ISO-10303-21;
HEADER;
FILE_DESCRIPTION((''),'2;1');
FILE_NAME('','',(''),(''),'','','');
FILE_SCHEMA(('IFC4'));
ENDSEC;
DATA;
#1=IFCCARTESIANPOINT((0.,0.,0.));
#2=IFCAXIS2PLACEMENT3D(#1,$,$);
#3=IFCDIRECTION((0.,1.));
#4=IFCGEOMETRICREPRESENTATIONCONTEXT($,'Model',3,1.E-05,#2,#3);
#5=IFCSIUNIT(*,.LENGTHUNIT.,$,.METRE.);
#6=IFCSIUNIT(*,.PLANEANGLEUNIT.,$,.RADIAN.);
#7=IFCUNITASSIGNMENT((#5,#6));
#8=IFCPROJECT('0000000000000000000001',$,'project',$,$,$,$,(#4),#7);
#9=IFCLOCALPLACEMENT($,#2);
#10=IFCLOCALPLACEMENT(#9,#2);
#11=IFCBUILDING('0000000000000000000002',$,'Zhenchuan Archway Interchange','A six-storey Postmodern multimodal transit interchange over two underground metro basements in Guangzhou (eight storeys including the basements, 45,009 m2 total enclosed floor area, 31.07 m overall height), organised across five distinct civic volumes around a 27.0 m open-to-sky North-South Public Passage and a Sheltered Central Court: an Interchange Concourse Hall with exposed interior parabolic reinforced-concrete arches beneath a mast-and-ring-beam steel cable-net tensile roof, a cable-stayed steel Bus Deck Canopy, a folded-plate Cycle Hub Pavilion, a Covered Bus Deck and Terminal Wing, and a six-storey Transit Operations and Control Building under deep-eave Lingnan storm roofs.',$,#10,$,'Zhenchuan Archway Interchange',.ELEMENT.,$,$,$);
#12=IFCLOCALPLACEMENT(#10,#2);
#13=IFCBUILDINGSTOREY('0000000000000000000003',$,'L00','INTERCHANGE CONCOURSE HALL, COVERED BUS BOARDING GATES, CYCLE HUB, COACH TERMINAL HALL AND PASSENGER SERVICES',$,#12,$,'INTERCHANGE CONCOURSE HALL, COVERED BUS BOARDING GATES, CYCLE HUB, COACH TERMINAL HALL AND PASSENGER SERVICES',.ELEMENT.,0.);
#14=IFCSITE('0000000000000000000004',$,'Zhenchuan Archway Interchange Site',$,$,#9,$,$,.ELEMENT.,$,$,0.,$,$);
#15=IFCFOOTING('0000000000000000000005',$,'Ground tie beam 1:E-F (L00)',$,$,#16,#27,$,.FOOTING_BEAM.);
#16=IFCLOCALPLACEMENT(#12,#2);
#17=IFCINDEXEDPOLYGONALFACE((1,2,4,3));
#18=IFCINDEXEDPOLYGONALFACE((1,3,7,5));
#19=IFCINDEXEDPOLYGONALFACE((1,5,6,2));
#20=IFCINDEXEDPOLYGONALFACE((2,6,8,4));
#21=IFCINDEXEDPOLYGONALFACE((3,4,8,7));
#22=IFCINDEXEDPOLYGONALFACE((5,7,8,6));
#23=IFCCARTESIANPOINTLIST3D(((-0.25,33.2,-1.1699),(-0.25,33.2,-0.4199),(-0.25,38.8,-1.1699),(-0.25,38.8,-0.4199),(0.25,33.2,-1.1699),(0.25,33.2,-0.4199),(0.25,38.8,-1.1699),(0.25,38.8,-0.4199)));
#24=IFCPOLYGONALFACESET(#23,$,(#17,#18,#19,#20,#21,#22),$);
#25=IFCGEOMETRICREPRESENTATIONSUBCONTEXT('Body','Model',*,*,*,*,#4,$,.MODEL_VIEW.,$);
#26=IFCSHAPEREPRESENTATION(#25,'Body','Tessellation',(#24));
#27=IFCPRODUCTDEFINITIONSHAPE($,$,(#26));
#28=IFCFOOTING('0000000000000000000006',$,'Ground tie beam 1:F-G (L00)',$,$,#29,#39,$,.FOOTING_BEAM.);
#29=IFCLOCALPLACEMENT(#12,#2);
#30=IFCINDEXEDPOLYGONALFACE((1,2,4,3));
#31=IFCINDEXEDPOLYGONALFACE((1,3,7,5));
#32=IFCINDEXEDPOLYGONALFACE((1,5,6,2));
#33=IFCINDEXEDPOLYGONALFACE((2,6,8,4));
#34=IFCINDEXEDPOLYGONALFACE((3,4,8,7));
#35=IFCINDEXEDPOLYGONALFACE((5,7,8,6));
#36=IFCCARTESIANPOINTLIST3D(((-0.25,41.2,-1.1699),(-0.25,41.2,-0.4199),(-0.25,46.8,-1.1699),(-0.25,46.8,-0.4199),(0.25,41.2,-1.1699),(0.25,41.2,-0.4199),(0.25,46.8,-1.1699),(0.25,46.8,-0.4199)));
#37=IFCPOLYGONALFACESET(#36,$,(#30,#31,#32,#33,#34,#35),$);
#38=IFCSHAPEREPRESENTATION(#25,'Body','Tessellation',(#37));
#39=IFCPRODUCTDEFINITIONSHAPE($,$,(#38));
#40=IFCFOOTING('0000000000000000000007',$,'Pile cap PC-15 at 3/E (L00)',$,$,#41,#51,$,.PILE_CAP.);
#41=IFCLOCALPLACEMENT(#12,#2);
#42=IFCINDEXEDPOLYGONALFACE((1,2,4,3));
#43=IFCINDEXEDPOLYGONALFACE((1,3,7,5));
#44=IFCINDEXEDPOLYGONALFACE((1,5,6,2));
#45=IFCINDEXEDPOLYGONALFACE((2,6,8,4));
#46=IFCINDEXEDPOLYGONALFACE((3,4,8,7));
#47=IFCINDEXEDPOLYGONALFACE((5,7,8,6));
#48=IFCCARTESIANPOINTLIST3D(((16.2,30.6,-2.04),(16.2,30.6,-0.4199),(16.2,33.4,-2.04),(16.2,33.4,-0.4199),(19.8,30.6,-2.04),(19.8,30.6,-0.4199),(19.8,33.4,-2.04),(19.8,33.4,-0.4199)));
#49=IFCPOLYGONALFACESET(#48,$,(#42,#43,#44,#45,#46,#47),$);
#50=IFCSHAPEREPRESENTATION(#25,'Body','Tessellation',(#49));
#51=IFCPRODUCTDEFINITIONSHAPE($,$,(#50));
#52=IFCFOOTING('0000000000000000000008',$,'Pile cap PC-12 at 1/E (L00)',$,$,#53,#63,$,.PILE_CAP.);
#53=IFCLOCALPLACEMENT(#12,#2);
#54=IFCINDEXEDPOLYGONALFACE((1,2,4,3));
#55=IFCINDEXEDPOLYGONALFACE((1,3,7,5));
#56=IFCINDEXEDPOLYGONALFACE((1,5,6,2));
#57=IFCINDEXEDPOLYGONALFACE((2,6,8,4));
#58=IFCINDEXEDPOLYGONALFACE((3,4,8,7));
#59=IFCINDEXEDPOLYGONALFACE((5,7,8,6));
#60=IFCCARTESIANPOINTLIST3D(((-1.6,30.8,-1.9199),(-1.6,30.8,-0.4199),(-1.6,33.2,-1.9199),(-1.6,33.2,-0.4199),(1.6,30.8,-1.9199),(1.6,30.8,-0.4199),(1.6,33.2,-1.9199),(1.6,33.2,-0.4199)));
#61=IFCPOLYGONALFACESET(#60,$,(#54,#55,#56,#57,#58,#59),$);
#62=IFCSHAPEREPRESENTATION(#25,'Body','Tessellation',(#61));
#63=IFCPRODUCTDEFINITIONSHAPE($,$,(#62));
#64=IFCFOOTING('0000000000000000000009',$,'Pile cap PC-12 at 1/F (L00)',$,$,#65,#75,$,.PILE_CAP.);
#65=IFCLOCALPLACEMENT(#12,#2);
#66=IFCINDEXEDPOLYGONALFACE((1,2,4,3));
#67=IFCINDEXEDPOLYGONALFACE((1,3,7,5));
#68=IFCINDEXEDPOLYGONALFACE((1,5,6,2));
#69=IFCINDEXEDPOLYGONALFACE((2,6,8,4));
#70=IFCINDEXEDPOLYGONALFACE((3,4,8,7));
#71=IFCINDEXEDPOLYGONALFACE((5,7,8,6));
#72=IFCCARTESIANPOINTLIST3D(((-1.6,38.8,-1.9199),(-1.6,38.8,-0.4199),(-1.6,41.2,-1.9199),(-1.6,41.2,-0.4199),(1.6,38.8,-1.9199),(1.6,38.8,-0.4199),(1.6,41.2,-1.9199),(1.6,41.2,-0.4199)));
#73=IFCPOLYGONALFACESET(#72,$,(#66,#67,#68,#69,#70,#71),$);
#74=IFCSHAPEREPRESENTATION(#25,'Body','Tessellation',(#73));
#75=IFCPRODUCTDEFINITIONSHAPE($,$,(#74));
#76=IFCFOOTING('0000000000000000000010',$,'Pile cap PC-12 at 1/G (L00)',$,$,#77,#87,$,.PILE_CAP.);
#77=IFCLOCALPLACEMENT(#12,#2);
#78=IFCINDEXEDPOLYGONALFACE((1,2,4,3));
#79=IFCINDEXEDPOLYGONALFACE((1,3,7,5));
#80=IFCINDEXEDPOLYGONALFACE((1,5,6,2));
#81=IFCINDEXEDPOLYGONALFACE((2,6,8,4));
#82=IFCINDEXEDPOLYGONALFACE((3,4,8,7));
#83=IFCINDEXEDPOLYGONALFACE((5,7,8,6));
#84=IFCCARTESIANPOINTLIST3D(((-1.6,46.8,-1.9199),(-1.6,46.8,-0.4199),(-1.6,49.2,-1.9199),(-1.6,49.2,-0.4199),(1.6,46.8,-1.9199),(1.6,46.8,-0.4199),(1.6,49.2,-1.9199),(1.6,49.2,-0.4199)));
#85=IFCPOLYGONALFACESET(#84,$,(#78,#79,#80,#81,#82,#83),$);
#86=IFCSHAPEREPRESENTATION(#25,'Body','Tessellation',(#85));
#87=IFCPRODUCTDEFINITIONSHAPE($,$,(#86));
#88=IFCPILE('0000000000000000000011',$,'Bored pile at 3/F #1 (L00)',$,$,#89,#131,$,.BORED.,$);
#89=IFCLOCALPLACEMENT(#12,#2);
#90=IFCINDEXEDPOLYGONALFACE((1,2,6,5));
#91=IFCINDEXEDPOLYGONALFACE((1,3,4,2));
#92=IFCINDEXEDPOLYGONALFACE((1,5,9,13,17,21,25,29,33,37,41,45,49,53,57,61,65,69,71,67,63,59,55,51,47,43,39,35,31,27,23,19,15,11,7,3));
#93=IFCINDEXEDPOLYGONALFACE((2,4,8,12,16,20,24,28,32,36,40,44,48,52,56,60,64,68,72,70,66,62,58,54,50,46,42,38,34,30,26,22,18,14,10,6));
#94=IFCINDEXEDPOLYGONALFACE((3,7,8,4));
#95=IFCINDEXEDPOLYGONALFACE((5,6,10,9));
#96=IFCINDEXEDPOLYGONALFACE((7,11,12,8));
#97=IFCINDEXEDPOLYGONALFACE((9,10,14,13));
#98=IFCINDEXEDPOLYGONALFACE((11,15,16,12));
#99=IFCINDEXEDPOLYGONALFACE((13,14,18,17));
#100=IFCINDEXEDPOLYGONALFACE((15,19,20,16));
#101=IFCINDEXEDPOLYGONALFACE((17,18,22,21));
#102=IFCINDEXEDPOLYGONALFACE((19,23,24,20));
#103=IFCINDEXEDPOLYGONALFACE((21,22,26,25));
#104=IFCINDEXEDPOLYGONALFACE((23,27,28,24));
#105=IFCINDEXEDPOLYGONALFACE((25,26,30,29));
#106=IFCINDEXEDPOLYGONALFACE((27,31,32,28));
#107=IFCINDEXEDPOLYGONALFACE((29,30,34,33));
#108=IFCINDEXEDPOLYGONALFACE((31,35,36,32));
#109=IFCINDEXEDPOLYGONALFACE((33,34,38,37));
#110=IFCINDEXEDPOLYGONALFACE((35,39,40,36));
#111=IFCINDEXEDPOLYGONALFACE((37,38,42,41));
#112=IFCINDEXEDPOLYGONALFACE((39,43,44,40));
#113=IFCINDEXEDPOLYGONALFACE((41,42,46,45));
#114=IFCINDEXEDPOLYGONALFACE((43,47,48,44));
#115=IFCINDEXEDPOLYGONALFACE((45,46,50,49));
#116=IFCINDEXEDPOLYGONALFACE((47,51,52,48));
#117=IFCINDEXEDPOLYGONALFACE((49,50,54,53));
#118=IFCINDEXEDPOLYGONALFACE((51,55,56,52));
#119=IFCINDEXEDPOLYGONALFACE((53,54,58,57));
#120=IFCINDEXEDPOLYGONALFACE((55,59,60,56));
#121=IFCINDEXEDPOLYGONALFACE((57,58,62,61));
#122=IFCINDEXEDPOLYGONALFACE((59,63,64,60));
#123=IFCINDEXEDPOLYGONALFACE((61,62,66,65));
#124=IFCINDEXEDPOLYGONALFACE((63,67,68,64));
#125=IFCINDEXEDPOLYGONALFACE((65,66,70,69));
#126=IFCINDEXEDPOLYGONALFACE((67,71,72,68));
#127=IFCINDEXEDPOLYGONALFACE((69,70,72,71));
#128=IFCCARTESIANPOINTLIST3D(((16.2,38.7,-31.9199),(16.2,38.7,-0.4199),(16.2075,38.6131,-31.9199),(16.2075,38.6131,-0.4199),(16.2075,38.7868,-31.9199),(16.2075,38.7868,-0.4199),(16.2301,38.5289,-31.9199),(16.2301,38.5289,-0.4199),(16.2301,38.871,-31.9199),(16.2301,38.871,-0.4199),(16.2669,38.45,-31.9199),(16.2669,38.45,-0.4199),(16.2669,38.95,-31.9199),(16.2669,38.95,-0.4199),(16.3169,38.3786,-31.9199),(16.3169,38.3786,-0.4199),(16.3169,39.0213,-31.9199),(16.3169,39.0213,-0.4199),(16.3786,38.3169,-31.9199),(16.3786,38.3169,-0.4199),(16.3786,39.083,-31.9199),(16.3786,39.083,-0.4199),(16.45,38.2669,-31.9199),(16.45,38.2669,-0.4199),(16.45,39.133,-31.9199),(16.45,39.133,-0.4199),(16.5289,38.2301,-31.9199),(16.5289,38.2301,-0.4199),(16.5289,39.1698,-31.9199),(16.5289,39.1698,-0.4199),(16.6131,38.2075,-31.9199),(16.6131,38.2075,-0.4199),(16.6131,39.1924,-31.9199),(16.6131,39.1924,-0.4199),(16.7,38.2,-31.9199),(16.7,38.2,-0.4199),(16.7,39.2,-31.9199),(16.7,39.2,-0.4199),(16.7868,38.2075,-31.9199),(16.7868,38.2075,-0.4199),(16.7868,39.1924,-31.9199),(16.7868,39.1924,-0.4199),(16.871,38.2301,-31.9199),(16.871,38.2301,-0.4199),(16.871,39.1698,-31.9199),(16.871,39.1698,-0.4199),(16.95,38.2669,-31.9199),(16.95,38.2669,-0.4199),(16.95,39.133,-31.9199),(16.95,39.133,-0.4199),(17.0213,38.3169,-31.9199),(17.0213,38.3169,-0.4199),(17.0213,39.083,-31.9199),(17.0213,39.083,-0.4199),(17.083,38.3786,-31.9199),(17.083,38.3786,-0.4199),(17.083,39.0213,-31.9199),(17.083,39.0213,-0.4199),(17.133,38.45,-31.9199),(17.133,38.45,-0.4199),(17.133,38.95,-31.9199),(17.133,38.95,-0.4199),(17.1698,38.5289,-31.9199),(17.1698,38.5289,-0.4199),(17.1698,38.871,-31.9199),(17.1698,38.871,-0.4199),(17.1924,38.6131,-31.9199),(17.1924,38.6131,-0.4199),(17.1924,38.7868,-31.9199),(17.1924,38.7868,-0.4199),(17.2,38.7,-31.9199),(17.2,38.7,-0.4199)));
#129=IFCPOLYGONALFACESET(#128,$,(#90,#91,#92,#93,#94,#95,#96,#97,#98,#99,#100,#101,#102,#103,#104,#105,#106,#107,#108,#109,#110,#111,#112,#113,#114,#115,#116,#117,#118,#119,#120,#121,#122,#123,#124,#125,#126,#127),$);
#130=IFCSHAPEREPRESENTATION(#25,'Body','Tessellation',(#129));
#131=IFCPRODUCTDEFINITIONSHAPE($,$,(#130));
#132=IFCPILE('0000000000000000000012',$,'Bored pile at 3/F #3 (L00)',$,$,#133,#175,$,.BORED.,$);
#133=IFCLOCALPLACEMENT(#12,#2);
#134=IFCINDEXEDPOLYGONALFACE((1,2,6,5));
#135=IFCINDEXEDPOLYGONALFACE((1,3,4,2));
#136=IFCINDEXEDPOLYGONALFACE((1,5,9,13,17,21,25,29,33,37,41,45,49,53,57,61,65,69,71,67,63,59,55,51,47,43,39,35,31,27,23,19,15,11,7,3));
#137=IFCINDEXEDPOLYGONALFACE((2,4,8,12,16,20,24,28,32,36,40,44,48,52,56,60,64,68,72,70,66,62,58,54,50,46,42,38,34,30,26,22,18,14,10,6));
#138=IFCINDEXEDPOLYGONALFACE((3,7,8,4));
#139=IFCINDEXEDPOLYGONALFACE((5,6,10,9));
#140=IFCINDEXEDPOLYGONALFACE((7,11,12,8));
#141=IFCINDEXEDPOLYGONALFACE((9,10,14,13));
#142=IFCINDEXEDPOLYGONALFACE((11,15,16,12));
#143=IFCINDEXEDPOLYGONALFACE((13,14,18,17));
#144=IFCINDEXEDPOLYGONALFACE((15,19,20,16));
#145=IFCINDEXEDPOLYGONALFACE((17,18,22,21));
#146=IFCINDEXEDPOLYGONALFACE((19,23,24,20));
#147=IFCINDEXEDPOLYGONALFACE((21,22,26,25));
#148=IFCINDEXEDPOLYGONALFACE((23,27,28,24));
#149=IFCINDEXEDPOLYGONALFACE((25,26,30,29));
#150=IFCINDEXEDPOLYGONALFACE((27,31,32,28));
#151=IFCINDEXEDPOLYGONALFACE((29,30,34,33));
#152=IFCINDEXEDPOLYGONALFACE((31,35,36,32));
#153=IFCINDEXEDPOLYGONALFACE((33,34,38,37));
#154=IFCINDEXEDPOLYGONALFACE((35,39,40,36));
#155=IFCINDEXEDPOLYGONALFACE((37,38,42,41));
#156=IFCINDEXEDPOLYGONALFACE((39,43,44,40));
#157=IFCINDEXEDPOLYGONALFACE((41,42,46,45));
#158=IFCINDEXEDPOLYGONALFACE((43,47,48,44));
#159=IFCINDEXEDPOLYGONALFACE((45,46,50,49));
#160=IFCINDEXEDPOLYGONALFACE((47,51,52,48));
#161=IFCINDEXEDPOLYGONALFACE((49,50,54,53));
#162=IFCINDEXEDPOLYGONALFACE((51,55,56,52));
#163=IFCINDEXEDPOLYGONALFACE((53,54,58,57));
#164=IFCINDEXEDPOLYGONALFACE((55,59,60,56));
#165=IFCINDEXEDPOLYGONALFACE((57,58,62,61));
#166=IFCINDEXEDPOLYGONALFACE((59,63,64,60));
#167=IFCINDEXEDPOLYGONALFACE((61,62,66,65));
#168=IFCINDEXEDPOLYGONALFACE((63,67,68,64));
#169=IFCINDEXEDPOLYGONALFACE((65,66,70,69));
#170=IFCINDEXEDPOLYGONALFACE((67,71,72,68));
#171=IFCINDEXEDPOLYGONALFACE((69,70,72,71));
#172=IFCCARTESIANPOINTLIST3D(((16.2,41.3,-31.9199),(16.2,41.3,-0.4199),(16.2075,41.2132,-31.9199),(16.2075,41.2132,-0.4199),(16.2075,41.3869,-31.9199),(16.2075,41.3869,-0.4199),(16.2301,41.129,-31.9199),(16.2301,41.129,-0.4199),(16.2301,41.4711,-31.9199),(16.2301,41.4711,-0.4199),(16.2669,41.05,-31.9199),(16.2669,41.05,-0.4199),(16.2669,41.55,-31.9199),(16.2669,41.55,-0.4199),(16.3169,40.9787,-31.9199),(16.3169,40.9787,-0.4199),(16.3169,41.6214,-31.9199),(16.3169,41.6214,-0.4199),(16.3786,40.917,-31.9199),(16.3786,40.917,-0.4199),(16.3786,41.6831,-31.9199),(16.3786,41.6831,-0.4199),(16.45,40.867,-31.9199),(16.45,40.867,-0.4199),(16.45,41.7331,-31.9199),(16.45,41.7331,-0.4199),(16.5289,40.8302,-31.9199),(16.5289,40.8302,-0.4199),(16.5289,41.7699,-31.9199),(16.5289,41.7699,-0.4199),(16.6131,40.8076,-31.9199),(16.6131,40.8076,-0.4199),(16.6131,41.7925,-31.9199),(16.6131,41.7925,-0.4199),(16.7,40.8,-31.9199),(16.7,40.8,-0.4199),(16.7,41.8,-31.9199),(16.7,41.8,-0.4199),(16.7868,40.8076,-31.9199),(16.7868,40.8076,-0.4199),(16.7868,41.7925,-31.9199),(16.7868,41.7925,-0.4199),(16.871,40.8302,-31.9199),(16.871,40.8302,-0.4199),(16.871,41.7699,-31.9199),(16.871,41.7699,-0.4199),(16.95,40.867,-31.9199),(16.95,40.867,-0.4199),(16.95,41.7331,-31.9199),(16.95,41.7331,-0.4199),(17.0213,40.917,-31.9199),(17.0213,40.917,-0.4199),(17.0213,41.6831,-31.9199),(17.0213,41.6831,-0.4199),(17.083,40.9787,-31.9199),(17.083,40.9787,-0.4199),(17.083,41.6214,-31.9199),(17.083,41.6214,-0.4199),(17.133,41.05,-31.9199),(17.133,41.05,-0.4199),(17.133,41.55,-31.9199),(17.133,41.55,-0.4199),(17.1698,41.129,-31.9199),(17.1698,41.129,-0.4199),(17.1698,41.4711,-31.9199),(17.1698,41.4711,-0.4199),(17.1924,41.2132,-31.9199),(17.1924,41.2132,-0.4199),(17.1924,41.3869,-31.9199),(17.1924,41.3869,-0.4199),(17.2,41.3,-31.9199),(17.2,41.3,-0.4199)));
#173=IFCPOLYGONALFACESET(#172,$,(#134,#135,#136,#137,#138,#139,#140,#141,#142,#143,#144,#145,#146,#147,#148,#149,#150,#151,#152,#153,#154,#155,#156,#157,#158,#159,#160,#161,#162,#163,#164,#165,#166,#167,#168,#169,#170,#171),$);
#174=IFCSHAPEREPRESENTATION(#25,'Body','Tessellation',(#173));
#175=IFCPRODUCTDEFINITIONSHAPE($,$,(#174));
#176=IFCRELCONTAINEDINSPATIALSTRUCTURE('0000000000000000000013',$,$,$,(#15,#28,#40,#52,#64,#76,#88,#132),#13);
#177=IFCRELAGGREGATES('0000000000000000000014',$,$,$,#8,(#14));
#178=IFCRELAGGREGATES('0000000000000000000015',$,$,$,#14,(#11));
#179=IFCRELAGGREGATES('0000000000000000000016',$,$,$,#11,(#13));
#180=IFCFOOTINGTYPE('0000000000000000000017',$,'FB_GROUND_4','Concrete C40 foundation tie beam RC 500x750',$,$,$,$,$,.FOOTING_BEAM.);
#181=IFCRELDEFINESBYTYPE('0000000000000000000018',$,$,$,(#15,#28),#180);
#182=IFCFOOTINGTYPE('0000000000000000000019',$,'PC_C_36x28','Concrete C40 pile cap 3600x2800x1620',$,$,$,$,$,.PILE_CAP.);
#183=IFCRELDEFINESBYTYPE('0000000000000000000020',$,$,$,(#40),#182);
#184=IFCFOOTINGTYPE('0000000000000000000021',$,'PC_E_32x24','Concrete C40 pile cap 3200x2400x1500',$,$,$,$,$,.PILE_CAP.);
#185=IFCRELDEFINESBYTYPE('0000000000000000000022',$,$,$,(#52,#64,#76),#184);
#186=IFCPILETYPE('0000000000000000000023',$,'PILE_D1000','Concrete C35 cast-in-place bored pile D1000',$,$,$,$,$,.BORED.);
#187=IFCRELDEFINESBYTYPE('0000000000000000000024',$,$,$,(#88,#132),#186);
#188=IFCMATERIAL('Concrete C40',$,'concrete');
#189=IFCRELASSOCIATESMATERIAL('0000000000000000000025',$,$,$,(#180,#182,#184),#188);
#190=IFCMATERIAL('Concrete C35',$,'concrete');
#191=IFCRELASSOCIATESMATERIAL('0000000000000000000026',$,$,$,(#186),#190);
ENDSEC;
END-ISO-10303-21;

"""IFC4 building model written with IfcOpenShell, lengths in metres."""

from ifc_helpers import new_model, si_unit, direction, frame, origin, origin_2d, place, context, subcontext, project, spatial, rectangle, circle, extrude, material, material_profile, profile_set, type_object, element, save


model = new_model("IFC4")

# Units and contexts
model_context = context("Model", 3, precision=1e-05, world=origin(), true_north=direction((0.0, 1.0)))
body_context = subcontext(model_context, "Body", "Model", "MODEL_VIEW")
ifc_project = project(units=[si_unit("LENGTHUNIT", "METRE"), si_unit("PLANEANGLEUNIT", "RADIAN")], contexts=[model_context])

# Site, building, storey
site_placement = place(None, origin())
site = spatial("IfcSite", under=ifc_project, at=site_placement, Name="Zhenchuan Archway Interchange Site", CompositionType="ELEMENT", RefElevation=0.0)
building_placement = place(site_placement, origin())
building = spatial("IfcBuilding", under=site, at=building_placement, Name="Zhenchuan Archway Interchange", Description="A six-storey Postmodern multimodal transit interchange over two underground metro basements in Guangzhou (eight storeys including the basements, 45,009 m2 total enclosed floor area, 31.07 m overall height), organised across five distinct civic volumes around a 27.0 m open-to-sky North-South Public Passage and a Sheltered Central Court: an Interchange Concourse Hall with exposed interior parabolic reinforced-concrete arches beneath a mast-and-ring-beam steel cable-net tensile roof, a cable-stayed steel Bus Deck Canopy, a folded-plate Cycle Hub Pavilion, a Covered Bus Deck and Terminal Wing, and a six-storey Transit Operations and Control Building under deep-eave Lingnan storm roofs.", LongName="Zhenchuan Archway Interchange", CompositionType="ELEMENT")
storey_placement = place(building_placement, origin())
storey = spatial("IfcBuildingStorey", under=building, at=storey_placement, Name="L00", Description="INTERCHANGE CONCOURSE HALL, COVERED BUS BOARDING GATES, CYCLE HUB, COACH TERMINAL HALL AND PASSENGER SERVICES", LongName="INTERCHANGE CONCOURSE HALL, COVERED BUS BOARDING GATES, CYCLE HUB, COACH TERMINAL HALL AND PASSENGER SERVICES", CompositionType="ELEMENT", Elevation=0.0)

# Footings
ifc_material_1 = material(Name="Concrete C40", Category="concrete")
ifc_material_profile_1 = material_profile(ifc_material_1, rectangle(XDim=0.5, YDim=0.75, at=origin_2d()), Name="RC 500x750")
ifc_profile_set_1 = profile_set([ifc_material_profile_1], Name="Concrete C40")
footing_type_1 = type_object("IfcFootingType", Name="FB_GROUND_4", Description="Concrete C40 foundation tie beam RC 500x750", PredefinedType="FOOTING_BEAM", material=ifc_profile_set_1)
for number, where, z_axis, x_axis, name in (
    (1, (0.0, 33.2, -0.7949), (0.0, 1.0, 0.0), (-1.0, 0.0, 0.0), "Ground tie beam 1:E-F (L00)"),
    (2, (0.0, 41.2, -0.7949), (0.0, 1.0, 0.0), (-1.0, 0.0, 0.0), "Ground tie beam 1:F-G (L00)"),
):
    element("IfcFooting", number, at=place(storey_placement, frame(where, z_axis=z_axis, x_axis=x_axis)), inside=storey, type_object=footing_type_1, Name=name, PredefinedType="FOOTING_BEAM", context=body_context, shape_type="SweptSolid", body=[
        extrude(rectangle(XDim=0.5, YDim=0.75, at=origin_2d()), origin(), (0.0, 0.0, 1.0), 5.6001),
    ])
footing_type_2 = type_object("IfcFootingType", Name="PC_C_36x28", Description="Concrete C40 pile cap 3600x2800x1620", PredefinedType="PILE_CAP", material=ifc_material_1)
footing_placement = place(storey_placement, frame((18.0, 32.0, -2.04), z_axis=(0.0, 0.0, 1.0), x_axis=(1.0, 0.0, 0.0)))
element("IfcFooting", 3, at=footing_placement, inside=storey, type_object=footing_type_2, Name="Pile cap PC-15 at 3/E (L00)", PredefinedType="PILE_CAP", context=body_context, shape_type="SweptSolid", body=[
    extrude(rectangle(XDim=3.6001, YDim=2.8, at=origin_2d()), origin(), (0.0, 0.0, 1.0), 1.6201),
])
footing_type_3 = type_object("IfcFootingType", Name="PC_E_32x24", Description="Concrete C40 pile cap 3200x2400x1500", PredefinedType="PILE_CAP", material=ifc_material_1)
for number, where, z_axis, x_axis, name in (
    (4, (0.0, 32.0, -1.9199), (0.0, 0.0, 1.0), (1.0, 0.0, 0.0), "Pile cap PC-12 at 1/E (L00)"),
    (5, (0.0, 40.0, -1.9199), (0.0, 0.0, 1.0), (1.0, 0.0, 0.0), "Pile cap PC-12 at 1/F (L00)"),
    (6, (0.0, 48.0, -1.9199), (0.0, 0.0, 1.0), (1.0, 0.0, 0.0), "Pile cap PC-12 at 1/G (L00)"),
):
    element("IfcFooting", number, at=place(storey_placement, frame(where, z_axis=z_axis, x_axis=x_axis)), inside=storey, type_object=footing_type_3, Name=name, PredefinedType="PILE_CAP", context=body_context, shape_type="SweptSolid", body=[
        extrude(rectangle(XDim=3.2, YDim=2.3999, at=origin_2d()), origin(), (0.0, 0.0, 1.0), 1.5),
    ])

# Piles
ifc_material_2 = material(Name="Concrete C35", Category="concrete")
ifc_material_profile_2 = material_profile(ifc_material_2, circle(Radius=0.5, at=origin_2d()), Name="BORED PILE 1000")
ifc_profile_set_2 = profile_set([ifc_material_profile_2], Name="Concrete C35")
pile_type_1 = type_object("IfcPileType", Name="PILE_D1000", Description="Concrete C35 cast-in-place bored pile D1000", PredefinedType="BORED", material=ifc_profile_set_2)
for number, where, z_axis, x_axis, name in (
    (7, (16.7, 38.7, -0.4199), (0.0, 0.0, -1.0), (1.0, 0.0, 0.0), "Bored pile at 3/F #1 (L00)"),
    (8, (16.7, 41.3, -0.4199), (0.0, 0.0, -1.0), (1.0, 0.0, 0.0), "Bored pile at 3/F #3 (L00)"),
):
    element("IfcPile", number, at=place(storey_placement, frame(where, z_axis=z_axis, x_axis=x_axis)), inside=storey, type_object=pile_type_1, Name=name, PredefinedType="BORED", context=body_context, shape_type="SweptSolid", body=[
        extrude(circle(Radius=0.5, at=origin_2d()), origin(), (0.0, 0.0, 1.0), 31.5),
    ])

save(model, "model.ifc")
